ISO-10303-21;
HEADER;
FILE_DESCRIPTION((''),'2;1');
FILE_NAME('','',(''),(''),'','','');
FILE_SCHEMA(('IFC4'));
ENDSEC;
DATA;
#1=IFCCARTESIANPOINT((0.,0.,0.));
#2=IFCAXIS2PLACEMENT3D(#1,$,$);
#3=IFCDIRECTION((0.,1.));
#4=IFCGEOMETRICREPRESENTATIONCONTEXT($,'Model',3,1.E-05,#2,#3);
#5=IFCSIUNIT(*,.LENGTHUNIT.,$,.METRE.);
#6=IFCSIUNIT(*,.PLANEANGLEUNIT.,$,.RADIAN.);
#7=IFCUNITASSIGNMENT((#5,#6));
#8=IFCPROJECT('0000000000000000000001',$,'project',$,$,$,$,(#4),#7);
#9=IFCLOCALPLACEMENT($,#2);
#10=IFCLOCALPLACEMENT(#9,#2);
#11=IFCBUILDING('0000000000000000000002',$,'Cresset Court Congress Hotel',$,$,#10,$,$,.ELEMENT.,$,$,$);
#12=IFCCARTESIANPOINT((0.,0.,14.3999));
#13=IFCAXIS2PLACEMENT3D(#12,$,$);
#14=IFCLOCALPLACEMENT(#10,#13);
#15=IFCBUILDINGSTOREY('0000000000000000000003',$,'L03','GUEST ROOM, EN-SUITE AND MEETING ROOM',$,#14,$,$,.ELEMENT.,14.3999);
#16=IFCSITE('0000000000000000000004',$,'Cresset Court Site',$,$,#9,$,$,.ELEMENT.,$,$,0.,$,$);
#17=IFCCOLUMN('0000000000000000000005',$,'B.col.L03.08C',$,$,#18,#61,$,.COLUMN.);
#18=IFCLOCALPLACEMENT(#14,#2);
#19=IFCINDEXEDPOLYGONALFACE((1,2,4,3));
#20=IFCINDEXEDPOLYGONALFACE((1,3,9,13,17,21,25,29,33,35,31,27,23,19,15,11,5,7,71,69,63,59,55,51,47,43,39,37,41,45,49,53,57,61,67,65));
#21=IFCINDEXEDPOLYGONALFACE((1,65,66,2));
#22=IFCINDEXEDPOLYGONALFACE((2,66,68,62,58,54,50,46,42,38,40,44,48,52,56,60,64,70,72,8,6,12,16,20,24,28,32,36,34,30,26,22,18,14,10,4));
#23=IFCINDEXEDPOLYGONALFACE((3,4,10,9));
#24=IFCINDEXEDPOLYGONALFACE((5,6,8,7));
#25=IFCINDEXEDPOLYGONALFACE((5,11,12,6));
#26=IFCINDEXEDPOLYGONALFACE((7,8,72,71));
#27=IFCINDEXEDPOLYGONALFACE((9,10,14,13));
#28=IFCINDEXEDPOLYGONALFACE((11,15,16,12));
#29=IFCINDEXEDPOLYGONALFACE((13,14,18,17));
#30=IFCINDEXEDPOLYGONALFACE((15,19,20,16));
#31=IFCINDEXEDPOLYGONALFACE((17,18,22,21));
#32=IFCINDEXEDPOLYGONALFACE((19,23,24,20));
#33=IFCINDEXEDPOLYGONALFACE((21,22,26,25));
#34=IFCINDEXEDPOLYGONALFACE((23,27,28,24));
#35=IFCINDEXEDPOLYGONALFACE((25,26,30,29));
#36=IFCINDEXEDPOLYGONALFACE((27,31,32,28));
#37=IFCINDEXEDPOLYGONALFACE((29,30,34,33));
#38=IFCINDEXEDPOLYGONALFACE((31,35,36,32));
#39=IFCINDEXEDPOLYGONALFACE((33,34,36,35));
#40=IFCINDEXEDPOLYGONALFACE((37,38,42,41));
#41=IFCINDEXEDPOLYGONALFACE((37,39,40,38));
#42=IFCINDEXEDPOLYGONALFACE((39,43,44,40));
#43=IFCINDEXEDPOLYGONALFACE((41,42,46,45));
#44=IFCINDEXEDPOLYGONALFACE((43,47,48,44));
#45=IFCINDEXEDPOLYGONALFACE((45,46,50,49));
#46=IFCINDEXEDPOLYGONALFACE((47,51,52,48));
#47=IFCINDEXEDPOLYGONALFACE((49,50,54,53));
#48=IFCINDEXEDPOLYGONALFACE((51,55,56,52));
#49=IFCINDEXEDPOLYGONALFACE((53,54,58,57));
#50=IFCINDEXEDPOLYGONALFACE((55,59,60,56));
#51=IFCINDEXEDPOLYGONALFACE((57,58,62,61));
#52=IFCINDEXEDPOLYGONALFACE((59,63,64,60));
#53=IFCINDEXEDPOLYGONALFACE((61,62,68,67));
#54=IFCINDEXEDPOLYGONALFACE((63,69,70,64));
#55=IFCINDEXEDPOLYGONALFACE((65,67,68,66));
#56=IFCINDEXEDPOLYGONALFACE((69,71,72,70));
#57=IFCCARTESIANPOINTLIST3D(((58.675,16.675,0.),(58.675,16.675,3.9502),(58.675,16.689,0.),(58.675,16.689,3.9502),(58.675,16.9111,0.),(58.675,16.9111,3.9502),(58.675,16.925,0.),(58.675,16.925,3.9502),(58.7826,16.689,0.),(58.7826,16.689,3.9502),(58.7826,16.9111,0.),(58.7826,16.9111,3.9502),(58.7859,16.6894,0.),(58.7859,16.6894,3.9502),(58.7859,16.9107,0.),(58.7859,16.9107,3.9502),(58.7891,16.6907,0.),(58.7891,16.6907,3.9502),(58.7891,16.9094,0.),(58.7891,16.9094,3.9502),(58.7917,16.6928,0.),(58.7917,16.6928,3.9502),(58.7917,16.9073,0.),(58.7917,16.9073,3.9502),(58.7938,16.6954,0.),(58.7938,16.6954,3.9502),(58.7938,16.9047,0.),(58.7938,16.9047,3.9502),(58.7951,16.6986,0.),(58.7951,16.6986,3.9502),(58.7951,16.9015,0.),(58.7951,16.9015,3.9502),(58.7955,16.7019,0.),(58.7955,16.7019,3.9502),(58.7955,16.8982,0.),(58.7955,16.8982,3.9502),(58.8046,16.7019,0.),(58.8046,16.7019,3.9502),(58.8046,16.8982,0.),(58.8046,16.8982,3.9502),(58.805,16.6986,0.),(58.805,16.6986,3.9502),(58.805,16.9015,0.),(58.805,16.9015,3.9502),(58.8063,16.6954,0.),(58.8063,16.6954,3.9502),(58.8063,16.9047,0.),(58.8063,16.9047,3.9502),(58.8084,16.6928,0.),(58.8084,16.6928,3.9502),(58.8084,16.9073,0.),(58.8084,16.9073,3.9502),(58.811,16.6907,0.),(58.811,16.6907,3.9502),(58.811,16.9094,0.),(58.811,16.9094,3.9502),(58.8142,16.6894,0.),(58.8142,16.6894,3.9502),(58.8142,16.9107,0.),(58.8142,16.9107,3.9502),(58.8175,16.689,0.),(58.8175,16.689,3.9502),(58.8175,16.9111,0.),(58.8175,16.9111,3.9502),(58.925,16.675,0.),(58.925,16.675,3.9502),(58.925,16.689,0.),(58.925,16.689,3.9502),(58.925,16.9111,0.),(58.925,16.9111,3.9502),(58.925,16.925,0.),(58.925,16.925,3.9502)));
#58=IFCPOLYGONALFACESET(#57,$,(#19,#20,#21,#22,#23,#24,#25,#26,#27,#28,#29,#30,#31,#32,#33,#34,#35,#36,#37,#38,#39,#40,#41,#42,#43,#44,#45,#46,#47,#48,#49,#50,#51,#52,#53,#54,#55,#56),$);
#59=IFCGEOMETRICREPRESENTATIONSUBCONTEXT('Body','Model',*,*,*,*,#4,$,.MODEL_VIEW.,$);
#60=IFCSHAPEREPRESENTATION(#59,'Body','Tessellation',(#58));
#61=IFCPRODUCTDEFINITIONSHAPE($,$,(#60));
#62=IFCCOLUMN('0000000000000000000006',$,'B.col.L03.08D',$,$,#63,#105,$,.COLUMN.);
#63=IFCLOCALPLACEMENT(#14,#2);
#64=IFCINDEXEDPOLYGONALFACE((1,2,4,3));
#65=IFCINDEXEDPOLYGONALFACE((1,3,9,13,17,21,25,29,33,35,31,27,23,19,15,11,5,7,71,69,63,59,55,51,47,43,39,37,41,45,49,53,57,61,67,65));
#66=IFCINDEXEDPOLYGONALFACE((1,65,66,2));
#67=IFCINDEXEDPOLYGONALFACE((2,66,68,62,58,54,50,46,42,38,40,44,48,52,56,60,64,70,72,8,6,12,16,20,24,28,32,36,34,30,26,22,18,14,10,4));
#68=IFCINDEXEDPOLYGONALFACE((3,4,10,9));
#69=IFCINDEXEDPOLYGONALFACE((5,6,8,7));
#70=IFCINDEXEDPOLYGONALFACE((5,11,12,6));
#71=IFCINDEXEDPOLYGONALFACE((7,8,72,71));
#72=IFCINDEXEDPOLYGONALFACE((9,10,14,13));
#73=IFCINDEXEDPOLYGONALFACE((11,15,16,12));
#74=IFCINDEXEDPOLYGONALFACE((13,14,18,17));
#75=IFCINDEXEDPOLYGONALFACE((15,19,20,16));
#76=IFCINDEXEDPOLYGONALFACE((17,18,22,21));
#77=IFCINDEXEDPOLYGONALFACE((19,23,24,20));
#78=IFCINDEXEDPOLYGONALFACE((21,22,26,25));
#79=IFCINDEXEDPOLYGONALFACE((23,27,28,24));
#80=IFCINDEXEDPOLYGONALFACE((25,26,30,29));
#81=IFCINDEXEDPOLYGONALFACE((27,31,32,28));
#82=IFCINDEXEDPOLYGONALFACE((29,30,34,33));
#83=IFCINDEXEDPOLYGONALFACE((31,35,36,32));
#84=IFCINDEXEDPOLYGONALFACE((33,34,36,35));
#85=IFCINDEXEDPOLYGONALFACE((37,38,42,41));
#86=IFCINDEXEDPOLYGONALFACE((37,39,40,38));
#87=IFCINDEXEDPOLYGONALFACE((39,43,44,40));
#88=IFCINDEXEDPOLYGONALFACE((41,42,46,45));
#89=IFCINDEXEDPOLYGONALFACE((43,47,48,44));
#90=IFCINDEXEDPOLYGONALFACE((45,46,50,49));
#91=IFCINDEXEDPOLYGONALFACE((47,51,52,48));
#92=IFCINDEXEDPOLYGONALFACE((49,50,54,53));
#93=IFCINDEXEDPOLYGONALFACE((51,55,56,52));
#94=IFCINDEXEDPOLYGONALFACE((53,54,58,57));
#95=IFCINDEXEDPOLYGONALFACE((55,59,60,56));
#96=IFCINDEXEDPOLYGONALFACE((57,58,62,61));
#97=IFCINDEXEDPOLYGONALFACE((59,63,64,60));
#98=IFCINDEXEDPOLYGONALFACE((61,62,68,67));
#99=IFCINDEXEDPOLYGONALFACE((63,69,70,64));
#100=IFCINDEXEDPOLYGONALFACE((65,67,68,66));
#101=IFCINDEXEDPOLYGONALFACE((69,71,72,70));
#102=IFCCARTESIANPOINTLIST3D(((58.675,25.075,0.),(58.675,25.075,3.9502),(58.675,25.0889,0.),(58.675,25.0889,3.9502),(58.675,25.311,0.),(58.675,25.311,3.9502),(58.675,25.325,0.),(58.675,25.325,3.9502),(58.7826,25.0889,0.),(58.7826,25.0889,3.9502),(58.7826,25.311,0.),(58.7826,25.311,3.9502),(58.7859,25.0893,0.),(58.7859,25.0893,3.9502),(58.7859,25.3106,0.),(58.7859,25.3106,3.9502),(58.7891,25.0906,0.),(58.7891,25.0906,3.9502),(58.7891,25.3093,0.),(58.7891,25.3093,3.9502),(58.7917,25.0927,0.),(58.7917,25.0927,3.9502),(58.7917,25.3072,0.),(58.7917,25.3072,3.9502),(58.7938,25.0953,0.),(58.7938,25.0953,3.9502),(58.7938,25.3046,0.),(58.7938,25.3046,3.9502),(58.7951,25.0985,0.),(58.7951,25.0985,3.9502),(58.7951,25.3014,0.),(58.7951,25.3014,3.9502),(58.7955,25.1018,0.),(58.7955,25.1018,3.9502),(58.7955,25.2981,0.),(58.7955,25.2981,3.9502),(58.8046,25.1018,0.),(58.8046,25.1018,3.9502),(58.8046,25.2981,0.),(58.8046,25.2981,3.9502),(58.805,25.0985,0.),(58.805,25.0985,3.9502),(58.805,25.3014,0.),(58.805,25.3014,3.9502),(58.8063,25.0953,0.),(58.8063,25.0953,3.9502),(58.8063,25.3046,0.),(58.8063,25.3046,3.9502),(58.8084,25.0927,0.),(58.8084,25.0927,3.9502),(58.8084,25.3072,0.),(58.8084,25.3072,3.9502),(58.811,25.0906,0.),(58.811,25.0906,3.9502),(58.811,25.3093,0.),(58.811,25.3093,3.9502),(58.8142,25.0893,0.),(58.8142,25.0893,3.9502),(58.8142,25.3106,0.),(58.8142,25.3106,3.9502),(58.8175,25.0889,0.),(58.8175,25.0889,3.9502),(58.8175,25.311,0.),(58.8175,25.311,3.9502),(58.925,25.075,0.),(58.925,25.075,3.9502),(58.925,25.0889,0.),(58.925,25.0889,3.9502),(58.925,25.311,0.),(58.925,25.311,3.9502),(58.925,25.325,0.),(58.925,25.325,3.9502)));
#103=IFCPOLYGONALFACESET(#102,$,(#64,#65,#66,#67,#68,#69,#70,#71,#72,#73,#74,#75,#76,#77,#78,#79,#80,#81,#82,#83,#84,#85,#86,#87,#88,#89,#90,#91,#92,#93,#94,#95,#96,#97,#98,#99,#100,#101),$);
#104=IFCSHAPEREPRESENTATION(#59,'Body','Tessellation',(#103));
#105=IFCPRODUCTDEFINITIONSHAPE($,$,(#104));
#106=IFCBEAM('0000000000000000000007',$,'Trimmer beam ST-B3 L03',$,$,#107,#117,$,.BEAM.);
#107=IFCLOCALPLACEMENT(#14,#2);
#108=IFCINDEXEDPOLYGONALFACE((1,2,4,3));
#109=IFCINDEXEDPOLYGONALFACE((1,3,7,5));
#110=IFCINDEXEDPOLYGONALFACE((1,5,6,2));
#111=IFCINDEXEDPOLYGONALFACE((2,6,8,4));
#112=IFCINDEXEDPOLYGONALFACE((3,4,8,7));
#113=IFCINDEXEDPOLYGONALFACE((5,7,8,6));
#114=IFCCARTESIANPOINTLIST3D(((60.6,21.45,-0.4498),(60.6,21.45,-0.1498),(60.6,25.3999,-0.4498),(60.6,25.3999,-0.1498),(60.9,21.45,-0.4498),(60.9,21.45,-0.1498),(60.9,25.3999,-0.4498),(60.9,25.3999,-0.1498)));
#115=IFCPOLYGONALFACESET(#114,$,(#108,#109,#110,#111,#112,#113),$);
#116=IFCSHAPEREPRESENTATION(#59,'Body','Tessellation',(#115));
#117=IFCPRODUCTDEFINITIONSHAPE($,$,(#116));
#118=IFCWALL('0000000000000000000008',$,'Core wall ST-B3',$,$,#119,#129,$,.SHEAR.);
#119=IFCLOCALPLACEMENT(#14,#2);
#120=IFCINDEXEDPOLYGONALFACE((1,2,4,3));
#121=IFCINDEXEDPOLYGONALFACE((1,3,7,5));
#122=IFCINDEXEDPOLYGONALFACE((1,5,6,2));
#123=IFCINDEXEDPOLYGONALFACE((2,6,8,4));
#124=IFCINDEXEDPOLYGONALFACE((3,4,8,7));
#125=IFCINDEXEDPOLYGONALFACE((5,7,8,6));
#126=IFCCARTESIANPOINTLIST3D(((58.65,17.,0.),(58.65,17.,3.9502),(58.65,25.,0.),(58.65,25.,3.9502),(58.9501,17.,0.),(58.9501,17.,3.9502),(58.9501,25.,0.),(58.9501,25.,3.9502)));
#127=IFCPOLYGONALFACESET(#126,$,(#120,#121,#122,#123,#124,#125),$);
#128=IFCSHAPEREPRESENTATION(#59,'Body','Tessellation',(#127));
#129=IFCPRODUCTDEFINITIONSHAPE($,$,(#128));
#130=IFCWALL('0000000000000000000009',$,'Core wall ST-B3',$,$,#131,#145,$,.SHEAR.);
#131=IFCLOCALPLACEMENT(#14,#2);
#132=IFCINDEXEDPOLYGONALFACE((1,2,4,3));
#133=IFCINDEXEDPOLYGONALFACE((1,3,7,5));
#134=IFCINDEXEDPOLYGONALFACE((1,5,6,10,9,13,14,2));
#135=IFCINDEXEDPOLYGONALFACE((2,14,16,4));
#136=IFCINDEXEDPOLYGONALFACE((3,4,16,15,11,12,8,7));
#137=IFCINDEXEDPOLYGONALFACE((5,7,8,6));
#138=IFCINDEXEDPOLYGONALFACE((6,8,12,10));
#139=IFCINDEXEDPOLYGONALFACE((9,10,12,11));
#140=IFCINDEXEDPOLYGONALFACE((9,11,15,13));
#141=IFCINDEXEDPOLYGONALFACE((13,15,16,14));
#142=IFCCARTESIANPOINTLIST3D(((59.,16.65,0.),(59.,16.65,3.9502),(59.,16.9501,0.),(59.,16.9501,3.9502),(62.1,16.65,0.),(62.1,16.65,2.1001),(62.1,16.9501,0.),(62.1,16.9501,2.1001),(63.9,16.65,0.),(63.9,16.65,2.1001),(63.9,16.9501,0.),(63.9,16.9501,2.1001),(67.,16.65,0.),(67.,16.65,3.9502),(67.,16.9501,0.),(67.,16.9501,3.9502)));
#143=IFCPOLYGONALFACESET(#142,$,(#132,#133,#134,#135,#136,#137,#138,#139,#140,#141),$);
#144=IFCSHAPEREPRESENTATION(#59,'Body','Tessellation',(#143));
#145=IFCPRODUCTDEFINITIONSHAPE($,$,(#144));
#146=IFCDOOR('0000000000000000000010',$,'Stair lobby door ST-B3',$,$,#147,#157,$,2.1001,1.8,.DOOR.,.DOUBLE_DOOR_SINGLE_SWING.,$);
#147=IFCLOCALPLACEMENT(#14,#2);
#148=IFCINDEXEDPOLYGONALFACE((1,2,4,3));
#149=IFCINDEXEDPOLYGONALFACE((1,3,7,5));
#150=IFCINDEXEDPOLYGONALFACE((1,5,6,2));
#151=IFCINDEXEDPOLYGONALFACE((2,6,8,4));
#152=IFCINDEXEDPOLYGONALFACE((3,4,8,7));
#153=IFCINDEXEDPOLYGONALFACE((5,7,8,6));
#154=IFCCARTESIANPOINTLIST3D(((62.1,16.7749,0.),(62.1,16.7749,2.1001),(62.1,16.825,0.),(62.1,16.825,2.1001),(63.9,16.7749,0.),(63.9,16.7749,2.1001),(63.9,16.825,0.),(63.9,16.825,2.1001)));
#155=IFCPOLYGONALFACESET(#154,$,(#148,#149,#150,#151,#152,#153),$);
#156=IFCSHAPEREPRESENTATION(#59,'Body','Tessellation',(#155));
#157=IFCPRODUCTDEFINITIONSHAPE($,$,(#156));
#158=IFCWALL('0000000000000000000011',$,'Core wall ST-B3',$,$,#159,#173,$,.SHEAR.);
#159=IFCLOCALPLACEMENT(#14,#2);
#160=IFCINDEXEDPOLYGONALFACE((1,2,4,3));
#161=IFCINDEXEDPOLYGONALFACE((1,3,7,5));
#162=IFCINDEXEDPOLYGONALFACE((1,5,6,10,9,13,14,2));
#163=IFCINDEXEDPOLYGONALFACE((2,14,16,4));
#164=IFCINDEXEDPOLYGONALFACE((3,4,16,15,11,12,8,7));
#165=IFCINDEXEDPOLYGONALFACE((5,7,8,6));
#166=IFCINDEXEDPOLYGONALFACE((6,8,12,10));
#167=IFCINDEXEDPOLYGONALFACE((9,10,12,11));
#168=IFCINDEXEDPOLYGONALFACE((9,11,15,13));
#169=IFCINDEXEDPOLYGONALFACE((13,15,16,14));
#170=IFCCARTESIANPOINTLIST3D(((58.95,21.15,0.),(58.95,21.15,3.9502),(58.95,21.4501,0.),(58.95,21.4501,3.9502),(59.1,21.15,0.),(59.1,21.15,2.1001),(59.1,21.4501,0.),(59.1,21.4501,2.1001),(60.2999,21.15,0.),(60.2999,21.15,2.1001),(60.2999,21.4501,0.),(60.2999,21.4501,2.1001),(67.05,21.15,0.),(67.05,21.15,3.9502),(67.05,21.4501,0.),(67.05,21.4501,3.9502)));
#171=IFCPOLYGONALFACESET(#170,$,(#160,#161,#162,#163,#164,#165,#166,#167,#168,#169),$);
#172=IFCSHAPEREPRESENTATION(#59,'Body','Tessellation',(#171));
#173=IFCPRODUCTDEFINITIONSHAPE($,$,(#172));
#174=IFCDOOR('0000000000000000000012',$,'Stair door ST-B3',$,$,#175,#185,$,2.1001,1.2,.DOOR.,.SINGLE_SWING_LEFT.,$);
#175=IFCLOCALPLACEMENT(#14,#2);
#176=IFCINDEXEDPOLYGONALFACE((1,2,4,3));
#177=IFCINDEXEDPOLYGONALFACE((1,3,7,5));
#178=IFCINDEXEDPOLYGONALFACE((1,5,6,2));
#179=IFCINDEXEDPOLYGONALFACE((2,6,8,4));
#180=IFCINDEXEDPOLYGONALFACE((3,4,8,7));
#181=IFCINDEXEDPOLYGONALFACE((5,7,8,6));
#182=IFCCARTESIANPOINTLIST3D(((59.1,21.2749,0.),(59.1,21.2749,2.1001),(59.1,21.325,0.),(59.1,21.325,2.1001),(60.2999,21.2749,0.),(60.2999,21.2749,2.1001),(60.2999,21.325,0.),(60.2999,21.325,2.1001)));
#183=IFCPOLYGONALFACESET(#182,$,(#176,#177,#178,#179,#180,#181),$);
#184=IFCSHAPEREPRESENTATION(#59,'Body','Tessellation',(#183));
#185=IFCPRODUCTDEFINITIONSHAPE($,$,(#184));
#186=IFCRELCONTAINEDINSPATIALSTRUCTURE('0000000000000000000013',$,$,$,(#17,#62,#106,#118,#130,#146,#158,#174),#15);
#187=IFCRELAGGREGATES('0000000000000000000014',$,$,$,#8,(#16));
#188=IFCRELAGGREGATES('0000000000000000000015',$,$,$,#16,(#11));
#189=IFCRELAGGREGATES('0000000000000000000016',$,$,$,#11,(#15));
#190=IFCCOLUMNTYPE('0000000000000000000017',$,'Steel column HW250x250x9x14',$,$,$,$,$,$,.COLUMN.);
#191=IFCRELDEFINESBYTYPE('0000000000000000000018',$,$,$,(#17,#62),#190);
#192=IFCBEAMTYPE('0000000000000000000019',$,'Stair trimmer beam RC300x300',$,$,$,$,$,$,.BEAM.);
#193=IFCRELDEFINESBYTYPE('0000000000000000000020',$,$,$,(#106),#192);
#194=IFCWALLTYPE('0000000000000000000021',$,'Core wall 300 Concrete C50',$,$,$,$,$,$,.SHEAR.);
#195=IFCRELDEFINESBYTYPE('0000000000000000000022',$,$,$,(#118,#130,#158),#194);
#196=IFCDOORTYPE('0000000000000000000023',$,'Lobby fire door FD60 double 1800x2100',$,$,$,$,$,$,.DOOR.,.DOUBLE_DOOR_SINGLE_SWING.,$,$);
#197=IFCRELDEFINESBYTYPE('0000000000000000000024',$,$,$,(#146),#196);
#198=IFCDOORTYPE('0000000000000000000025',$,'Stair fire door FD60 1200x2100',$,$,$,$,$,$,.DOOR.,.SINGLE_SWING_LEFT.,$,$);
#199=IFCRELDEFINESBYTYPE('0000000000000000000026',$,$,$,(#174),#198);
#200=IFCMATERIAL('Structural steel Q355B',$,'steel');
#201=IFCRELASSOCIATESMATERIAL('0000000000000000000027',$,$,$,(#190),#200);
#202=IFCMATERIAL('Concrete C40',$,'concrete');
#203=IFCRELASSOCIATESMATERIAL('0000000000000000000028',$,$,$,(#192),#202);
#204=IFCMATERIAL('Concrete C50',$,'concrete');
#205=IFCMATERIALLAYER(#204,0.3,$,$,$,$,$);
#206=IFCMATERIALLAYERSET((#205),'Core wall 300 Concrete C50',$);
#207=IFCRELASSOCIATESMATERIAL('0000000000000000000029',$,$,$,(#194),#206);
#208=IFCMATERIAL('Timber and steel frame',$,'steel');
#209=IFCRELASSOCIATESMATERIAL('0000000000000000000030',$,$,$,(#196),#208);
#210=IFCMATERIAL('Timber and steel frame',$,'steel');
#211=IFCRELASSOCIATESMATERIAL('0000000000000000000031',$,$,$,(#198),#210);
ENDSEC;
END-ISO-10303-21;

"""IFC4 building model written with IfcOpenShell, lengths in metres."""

from ifc_helpers import new_model, si_unit, direction, frame, frame_2d, origin, origin_2d, place, context, subcontext, project, spatial, rectangle, i_section, extrude, material, layer, layer_set, material_profile, profile_set, type_object, element, fill, save


model = new_model("IFC4")

# Units and contexts
model_context = context("Model", 3, precision=1e-05, world=origin(), true_north=direction((0.0, 1.0)))
body_context = subcontext(model_context, "Body", "Model", "MODEL_VIEW")
ifc_project = project(units=[si_unit("LENGTHUNIT", "METRE"), si_unit("PLANEANGLEUNIT", "RADIAN")], contexts=[model_context])

# Site, building, storey
site_placement = place(None, origin())
site = spatial("IfcSite", under=ifc_project, at=site_placement, Name="Cresset Court Site", CompositionType="ELEMENT", RefElevation=0.0)
building_placement = place(site_placement, origin())
building = spatial("IfcBuilding", under=site, at=building_placement, Name="Cresset Court Congress Hotel", CompositionType="ELEMENT")
storey_placement = place(building_placement, frame((0.0, 0.0, 14.3999)))
storey = spatial("IfcBuildingStorey", under=building, at=storey_placement, Name="L03", Description="GUEST ROOM, EN-SUITE AND MEETING ROOM", CompositionType="ELEMENT", Elevation=14.3999)

# Columns
ifc_material_1 = material(Name="Structural steel Q355B", Category="steel")
ifc_material_profile_1 = material_profile(ifc_material_1, i_section(OverallWidth=0.25, OverallDepth=0.25, WebThickness=0.009, FlangeThickness=0.0139, FilletRadius=0.0129, at=origin_2d()), Name="HW250x250x9x14")
ifc_profile_set_1 = profile_set([ifc_material_profile_1], Name="Structural steel Q355B")
column_type = type_object("IfcColumnType", Name="Steel column HW250x250x9x14", PredefinedType="COLUMN", material=ifc_profile_set_1)
for number, where, z_axis, x_axis, name in (
    (1, (58.8, 16.8, 0.0), (0.0, 0.0, 1.0), (1.0, 0.0, 0.0), "B.col.L03.08C"),
    (2, (58.8, 25.2, 0.0), (0.0, 0.0, 1.0), (1.0, 0.0, 0.0), "B.col.L03.08D"),
):
    element("IfcColumn", number, at=place(storey_placement, frame(where, z_axis=z_axis, x_axis=x_axis)), inside=storey, type_object=column_type, Name=name, PredefinedType="COLUMN", context=body_context, shape_type="SweptSolid", body=[
        extrude(i_section(OverallWidth=0.25, OverallDepth=0.25, WebThickness=0.009, FlangeThickness=0.0139, FilletRadius=0.0129, at=origin_2d()), origin(), (0.0, 0.0, 1.0), 3.9502),
    ])

# Beam
ifc_material_2 = material(Name="Concrete C40", Category="concrete")
ifc_material_profile_2 = material_profile(ifc_material_2, rectangle(XDim=0.3, YDim=0.3, at=origin_2d()), Name="RC300x300")
ifc_profile_set_2 = profile_set([ifc_material_profile_2], Name="Concrete C40")
beam_type = type_object("IfcBeamType", Name="Stair trimmer beam RC300x300", PredefinedType="BEAM", material=ifc_profile_set_2)
beam_placement = place(storey_placement, frame((60.75, 21.45, -0.2998), z_axis=(0.0, 1.0, 0.0), x_axis=(-1.0, 0.0, 0.0)))
element("IfcBeam", 3, at=beam_placement, inside=storey, type_object=beam_type, Name="Trimmer beam ST-B3 L03", PredefinedType="BEAM", context=body_context, shape_type="SweptSolid", body=[
    extrude(rectangle(XDim=0.3, YDim=0.3, at=origin_2d()), origin(), (0.0, 0.0, 1.0), 3.95),
])

# Wall
ifc_material_3 = material(Name="Concrete C50", Category="concrete")
ifc_layer_1 = layer(ifc_material_3, 0.3)
ifc_layer_set_1 = layer_set([ifc_layer_1], Name="Core wall 300 Concrete C50")
wall_type_1 = type_object("IfcWallType", Name="Core wall 300 Concrete C50", PredefinedType="SHEAR", material=ifc_layer_set_1)
wall_1_placement = place(storey_placement, frame((58.8, 17.0, 0.0), z_axis=(0.0, 0.0, 1.0), x_axis=(0.0, 1.0, 0.0)))
element("IfcWall", 4, at=wall_1_placement, inside=storey, type_object=wall_type_1, Name="Core wall ST-B3", PredefinedType="SHEAR", context=body_context, shape_type="SweptSolid", body=[
    extrude(rectangle(XDim=8.0, YDim=0.3, at=frame_2d((4.0, 0.0))), origin(), (0.0, 0.0, 1.0), 3.9502),
])

# Walls, openings, doors
wall_2_placement = place(storey_placement, frame((59.0, 16.8, 0.0), z_axis=(0.0, 0.0, 1.0), x_axis=(1.0, 0.0, 0.0)))
wall_2 = element("IfcWall", 5, at=wall_2_placement, inside=storey, type_object=wall_type_1, Name="Core wall ST-B3", PredefinedType="SHEAR", context=body_context, shape_type="SweptSolid", body=[
    extrude(rectangle(XDim=8.0, YDim=0.3, at=frame_2d((4.0, 0.0))), origin(), (0.0, 0.0, 1.0), 3.9502),
])
opening_1_placement = place(wall_2_placement, frame((3.1001, 0.0, 0.0)))
opening_1 = element("IfcOpeningElement", 6, at=opening_1_placement, cuts=wall_2, PredefinedType="OPENING", context=body_context, shape_type="SweptSolid", body=[
    extrude(rectangle(XDim=1.8, YDim=2.1001, at=frame_2d((0.8999, 1.05))), frame((0.0, 0.1599, 0.0), z_axis=(0.0, -1.0, 0.0), x_axis=(1.0, 0.0, 0.0)), (0.0, 0.0, 1.0), 0.3201),
])
ifc_material_4 = material(Name="Timber and steel frame", Category="steel")
door_type_1 = type_object("IfcDoorType", Name="Lobby fire door FD60 double 1800x2100", OperationType="DOUBLE_DOOR_SINGLE_SWING", PredefinedType="DOOR", material=ifc_material_4)
door_1_placement = place(opening_1_placement, origin())
door_1 = element("IfcDoor", 7, at=door_1_placement, inside=storey, type_object=door_type_1, Name="Stair lobby door ST-B3", OperationType="DOUBLE_DOOR_SINGLE_SWING", OverallHeight=2.1001, OverallWidth=1.8, PredefinedType="DOOR", context=body_context, shape_type="SweptSolid", body=[
    extrude(rectangle(XDim=1.8, YDim=2.1001, at=frame_2d((0.8999, 1.05))), frame((0.0, 0.0249, 0.0), z_axis=(0.0, -1.0, 0.0), x_axis=(1.0, 0.0, 0.0)), (0.0, 0.0, 1.0), 0.05),
])
fill(opening_1, door_1)
wall_3_placement = place(storey_placement, frame((58.95, 21.3, 0.0), z_axis=(0.0, 0.0, 1.0), x_axis=(1.0, 0.0, 0.0)))
wall_3 = element("IfcWall", 8, at=wall_3_placement, inside=storey, type_object=wall_type_1, Name="Core wall ST-B3", PredefinedType="SHEAR", context=body_context, shape_type="SweptSolid", body=[
    extrude(rectangle(XDim=8.1001, YDim=0.3, at=frame_2d((4.05, 0.0))), origin(), (0.0, 0.0, 1.0), 3.9502),
])
opening_2_placement = place(wall_3_placement, frame((0.1499, 0.0, 0.0)))
opening_2 = element("IfcOpeningElement", 9, at=opening_2_placement, cuts=wall_3, PredefinedType="OPENING", context=body_context, shape_type="SweptSolid", body=[
    extrude(rectangle(XDim=1.2, YDim=2.1001, at=frame_2d((0.6001, 1.05))), frame((0.0, 0.1599, 0.0), z_axis=(0.0, -1.0, 0.0), x_axis=(1.0, 0.0, 0.0)), (0.0, 0.0, 1.0), 0.3201),
])
ifc_material_5 = material(Name="Timber and steel frame", Category="steel")
door_type_2 = type_object("IfcDoorType", Name="Stair fire door FD60 1200x2100", OperationType="SINGLE_SWING_LEFT", PredefinedType="DOOR", material=ifc_material_5)
door_2_placement = place(opening_2_placement, origin())
door_2 = element("IfcDoor", 10, at=door_2_placement, inside=storey, type_object=door_type_2, Name="Stair door ST-B3", OperationType="SINGLE_SWING_LEFT", OverallHeight=2.1001, OverallWidth=1.2, PredefinedType="DOOR", context=body_context, shape_type="SweptSolid", body=[
    extrude(rectangle(XDim=1.2, YDim=2.1001, at=frame_2d((0.6001, 1.05))), frame((0.0, 0.0249, 0.0), z_axis=(0.0, -1.0, 0.0), x_axis=(1.0, 0.0, 0.0)), (0.0, 0.0, 1.0), 0.05),
])
fill(opening_2, door_2)

save(model, "model.ifc")
